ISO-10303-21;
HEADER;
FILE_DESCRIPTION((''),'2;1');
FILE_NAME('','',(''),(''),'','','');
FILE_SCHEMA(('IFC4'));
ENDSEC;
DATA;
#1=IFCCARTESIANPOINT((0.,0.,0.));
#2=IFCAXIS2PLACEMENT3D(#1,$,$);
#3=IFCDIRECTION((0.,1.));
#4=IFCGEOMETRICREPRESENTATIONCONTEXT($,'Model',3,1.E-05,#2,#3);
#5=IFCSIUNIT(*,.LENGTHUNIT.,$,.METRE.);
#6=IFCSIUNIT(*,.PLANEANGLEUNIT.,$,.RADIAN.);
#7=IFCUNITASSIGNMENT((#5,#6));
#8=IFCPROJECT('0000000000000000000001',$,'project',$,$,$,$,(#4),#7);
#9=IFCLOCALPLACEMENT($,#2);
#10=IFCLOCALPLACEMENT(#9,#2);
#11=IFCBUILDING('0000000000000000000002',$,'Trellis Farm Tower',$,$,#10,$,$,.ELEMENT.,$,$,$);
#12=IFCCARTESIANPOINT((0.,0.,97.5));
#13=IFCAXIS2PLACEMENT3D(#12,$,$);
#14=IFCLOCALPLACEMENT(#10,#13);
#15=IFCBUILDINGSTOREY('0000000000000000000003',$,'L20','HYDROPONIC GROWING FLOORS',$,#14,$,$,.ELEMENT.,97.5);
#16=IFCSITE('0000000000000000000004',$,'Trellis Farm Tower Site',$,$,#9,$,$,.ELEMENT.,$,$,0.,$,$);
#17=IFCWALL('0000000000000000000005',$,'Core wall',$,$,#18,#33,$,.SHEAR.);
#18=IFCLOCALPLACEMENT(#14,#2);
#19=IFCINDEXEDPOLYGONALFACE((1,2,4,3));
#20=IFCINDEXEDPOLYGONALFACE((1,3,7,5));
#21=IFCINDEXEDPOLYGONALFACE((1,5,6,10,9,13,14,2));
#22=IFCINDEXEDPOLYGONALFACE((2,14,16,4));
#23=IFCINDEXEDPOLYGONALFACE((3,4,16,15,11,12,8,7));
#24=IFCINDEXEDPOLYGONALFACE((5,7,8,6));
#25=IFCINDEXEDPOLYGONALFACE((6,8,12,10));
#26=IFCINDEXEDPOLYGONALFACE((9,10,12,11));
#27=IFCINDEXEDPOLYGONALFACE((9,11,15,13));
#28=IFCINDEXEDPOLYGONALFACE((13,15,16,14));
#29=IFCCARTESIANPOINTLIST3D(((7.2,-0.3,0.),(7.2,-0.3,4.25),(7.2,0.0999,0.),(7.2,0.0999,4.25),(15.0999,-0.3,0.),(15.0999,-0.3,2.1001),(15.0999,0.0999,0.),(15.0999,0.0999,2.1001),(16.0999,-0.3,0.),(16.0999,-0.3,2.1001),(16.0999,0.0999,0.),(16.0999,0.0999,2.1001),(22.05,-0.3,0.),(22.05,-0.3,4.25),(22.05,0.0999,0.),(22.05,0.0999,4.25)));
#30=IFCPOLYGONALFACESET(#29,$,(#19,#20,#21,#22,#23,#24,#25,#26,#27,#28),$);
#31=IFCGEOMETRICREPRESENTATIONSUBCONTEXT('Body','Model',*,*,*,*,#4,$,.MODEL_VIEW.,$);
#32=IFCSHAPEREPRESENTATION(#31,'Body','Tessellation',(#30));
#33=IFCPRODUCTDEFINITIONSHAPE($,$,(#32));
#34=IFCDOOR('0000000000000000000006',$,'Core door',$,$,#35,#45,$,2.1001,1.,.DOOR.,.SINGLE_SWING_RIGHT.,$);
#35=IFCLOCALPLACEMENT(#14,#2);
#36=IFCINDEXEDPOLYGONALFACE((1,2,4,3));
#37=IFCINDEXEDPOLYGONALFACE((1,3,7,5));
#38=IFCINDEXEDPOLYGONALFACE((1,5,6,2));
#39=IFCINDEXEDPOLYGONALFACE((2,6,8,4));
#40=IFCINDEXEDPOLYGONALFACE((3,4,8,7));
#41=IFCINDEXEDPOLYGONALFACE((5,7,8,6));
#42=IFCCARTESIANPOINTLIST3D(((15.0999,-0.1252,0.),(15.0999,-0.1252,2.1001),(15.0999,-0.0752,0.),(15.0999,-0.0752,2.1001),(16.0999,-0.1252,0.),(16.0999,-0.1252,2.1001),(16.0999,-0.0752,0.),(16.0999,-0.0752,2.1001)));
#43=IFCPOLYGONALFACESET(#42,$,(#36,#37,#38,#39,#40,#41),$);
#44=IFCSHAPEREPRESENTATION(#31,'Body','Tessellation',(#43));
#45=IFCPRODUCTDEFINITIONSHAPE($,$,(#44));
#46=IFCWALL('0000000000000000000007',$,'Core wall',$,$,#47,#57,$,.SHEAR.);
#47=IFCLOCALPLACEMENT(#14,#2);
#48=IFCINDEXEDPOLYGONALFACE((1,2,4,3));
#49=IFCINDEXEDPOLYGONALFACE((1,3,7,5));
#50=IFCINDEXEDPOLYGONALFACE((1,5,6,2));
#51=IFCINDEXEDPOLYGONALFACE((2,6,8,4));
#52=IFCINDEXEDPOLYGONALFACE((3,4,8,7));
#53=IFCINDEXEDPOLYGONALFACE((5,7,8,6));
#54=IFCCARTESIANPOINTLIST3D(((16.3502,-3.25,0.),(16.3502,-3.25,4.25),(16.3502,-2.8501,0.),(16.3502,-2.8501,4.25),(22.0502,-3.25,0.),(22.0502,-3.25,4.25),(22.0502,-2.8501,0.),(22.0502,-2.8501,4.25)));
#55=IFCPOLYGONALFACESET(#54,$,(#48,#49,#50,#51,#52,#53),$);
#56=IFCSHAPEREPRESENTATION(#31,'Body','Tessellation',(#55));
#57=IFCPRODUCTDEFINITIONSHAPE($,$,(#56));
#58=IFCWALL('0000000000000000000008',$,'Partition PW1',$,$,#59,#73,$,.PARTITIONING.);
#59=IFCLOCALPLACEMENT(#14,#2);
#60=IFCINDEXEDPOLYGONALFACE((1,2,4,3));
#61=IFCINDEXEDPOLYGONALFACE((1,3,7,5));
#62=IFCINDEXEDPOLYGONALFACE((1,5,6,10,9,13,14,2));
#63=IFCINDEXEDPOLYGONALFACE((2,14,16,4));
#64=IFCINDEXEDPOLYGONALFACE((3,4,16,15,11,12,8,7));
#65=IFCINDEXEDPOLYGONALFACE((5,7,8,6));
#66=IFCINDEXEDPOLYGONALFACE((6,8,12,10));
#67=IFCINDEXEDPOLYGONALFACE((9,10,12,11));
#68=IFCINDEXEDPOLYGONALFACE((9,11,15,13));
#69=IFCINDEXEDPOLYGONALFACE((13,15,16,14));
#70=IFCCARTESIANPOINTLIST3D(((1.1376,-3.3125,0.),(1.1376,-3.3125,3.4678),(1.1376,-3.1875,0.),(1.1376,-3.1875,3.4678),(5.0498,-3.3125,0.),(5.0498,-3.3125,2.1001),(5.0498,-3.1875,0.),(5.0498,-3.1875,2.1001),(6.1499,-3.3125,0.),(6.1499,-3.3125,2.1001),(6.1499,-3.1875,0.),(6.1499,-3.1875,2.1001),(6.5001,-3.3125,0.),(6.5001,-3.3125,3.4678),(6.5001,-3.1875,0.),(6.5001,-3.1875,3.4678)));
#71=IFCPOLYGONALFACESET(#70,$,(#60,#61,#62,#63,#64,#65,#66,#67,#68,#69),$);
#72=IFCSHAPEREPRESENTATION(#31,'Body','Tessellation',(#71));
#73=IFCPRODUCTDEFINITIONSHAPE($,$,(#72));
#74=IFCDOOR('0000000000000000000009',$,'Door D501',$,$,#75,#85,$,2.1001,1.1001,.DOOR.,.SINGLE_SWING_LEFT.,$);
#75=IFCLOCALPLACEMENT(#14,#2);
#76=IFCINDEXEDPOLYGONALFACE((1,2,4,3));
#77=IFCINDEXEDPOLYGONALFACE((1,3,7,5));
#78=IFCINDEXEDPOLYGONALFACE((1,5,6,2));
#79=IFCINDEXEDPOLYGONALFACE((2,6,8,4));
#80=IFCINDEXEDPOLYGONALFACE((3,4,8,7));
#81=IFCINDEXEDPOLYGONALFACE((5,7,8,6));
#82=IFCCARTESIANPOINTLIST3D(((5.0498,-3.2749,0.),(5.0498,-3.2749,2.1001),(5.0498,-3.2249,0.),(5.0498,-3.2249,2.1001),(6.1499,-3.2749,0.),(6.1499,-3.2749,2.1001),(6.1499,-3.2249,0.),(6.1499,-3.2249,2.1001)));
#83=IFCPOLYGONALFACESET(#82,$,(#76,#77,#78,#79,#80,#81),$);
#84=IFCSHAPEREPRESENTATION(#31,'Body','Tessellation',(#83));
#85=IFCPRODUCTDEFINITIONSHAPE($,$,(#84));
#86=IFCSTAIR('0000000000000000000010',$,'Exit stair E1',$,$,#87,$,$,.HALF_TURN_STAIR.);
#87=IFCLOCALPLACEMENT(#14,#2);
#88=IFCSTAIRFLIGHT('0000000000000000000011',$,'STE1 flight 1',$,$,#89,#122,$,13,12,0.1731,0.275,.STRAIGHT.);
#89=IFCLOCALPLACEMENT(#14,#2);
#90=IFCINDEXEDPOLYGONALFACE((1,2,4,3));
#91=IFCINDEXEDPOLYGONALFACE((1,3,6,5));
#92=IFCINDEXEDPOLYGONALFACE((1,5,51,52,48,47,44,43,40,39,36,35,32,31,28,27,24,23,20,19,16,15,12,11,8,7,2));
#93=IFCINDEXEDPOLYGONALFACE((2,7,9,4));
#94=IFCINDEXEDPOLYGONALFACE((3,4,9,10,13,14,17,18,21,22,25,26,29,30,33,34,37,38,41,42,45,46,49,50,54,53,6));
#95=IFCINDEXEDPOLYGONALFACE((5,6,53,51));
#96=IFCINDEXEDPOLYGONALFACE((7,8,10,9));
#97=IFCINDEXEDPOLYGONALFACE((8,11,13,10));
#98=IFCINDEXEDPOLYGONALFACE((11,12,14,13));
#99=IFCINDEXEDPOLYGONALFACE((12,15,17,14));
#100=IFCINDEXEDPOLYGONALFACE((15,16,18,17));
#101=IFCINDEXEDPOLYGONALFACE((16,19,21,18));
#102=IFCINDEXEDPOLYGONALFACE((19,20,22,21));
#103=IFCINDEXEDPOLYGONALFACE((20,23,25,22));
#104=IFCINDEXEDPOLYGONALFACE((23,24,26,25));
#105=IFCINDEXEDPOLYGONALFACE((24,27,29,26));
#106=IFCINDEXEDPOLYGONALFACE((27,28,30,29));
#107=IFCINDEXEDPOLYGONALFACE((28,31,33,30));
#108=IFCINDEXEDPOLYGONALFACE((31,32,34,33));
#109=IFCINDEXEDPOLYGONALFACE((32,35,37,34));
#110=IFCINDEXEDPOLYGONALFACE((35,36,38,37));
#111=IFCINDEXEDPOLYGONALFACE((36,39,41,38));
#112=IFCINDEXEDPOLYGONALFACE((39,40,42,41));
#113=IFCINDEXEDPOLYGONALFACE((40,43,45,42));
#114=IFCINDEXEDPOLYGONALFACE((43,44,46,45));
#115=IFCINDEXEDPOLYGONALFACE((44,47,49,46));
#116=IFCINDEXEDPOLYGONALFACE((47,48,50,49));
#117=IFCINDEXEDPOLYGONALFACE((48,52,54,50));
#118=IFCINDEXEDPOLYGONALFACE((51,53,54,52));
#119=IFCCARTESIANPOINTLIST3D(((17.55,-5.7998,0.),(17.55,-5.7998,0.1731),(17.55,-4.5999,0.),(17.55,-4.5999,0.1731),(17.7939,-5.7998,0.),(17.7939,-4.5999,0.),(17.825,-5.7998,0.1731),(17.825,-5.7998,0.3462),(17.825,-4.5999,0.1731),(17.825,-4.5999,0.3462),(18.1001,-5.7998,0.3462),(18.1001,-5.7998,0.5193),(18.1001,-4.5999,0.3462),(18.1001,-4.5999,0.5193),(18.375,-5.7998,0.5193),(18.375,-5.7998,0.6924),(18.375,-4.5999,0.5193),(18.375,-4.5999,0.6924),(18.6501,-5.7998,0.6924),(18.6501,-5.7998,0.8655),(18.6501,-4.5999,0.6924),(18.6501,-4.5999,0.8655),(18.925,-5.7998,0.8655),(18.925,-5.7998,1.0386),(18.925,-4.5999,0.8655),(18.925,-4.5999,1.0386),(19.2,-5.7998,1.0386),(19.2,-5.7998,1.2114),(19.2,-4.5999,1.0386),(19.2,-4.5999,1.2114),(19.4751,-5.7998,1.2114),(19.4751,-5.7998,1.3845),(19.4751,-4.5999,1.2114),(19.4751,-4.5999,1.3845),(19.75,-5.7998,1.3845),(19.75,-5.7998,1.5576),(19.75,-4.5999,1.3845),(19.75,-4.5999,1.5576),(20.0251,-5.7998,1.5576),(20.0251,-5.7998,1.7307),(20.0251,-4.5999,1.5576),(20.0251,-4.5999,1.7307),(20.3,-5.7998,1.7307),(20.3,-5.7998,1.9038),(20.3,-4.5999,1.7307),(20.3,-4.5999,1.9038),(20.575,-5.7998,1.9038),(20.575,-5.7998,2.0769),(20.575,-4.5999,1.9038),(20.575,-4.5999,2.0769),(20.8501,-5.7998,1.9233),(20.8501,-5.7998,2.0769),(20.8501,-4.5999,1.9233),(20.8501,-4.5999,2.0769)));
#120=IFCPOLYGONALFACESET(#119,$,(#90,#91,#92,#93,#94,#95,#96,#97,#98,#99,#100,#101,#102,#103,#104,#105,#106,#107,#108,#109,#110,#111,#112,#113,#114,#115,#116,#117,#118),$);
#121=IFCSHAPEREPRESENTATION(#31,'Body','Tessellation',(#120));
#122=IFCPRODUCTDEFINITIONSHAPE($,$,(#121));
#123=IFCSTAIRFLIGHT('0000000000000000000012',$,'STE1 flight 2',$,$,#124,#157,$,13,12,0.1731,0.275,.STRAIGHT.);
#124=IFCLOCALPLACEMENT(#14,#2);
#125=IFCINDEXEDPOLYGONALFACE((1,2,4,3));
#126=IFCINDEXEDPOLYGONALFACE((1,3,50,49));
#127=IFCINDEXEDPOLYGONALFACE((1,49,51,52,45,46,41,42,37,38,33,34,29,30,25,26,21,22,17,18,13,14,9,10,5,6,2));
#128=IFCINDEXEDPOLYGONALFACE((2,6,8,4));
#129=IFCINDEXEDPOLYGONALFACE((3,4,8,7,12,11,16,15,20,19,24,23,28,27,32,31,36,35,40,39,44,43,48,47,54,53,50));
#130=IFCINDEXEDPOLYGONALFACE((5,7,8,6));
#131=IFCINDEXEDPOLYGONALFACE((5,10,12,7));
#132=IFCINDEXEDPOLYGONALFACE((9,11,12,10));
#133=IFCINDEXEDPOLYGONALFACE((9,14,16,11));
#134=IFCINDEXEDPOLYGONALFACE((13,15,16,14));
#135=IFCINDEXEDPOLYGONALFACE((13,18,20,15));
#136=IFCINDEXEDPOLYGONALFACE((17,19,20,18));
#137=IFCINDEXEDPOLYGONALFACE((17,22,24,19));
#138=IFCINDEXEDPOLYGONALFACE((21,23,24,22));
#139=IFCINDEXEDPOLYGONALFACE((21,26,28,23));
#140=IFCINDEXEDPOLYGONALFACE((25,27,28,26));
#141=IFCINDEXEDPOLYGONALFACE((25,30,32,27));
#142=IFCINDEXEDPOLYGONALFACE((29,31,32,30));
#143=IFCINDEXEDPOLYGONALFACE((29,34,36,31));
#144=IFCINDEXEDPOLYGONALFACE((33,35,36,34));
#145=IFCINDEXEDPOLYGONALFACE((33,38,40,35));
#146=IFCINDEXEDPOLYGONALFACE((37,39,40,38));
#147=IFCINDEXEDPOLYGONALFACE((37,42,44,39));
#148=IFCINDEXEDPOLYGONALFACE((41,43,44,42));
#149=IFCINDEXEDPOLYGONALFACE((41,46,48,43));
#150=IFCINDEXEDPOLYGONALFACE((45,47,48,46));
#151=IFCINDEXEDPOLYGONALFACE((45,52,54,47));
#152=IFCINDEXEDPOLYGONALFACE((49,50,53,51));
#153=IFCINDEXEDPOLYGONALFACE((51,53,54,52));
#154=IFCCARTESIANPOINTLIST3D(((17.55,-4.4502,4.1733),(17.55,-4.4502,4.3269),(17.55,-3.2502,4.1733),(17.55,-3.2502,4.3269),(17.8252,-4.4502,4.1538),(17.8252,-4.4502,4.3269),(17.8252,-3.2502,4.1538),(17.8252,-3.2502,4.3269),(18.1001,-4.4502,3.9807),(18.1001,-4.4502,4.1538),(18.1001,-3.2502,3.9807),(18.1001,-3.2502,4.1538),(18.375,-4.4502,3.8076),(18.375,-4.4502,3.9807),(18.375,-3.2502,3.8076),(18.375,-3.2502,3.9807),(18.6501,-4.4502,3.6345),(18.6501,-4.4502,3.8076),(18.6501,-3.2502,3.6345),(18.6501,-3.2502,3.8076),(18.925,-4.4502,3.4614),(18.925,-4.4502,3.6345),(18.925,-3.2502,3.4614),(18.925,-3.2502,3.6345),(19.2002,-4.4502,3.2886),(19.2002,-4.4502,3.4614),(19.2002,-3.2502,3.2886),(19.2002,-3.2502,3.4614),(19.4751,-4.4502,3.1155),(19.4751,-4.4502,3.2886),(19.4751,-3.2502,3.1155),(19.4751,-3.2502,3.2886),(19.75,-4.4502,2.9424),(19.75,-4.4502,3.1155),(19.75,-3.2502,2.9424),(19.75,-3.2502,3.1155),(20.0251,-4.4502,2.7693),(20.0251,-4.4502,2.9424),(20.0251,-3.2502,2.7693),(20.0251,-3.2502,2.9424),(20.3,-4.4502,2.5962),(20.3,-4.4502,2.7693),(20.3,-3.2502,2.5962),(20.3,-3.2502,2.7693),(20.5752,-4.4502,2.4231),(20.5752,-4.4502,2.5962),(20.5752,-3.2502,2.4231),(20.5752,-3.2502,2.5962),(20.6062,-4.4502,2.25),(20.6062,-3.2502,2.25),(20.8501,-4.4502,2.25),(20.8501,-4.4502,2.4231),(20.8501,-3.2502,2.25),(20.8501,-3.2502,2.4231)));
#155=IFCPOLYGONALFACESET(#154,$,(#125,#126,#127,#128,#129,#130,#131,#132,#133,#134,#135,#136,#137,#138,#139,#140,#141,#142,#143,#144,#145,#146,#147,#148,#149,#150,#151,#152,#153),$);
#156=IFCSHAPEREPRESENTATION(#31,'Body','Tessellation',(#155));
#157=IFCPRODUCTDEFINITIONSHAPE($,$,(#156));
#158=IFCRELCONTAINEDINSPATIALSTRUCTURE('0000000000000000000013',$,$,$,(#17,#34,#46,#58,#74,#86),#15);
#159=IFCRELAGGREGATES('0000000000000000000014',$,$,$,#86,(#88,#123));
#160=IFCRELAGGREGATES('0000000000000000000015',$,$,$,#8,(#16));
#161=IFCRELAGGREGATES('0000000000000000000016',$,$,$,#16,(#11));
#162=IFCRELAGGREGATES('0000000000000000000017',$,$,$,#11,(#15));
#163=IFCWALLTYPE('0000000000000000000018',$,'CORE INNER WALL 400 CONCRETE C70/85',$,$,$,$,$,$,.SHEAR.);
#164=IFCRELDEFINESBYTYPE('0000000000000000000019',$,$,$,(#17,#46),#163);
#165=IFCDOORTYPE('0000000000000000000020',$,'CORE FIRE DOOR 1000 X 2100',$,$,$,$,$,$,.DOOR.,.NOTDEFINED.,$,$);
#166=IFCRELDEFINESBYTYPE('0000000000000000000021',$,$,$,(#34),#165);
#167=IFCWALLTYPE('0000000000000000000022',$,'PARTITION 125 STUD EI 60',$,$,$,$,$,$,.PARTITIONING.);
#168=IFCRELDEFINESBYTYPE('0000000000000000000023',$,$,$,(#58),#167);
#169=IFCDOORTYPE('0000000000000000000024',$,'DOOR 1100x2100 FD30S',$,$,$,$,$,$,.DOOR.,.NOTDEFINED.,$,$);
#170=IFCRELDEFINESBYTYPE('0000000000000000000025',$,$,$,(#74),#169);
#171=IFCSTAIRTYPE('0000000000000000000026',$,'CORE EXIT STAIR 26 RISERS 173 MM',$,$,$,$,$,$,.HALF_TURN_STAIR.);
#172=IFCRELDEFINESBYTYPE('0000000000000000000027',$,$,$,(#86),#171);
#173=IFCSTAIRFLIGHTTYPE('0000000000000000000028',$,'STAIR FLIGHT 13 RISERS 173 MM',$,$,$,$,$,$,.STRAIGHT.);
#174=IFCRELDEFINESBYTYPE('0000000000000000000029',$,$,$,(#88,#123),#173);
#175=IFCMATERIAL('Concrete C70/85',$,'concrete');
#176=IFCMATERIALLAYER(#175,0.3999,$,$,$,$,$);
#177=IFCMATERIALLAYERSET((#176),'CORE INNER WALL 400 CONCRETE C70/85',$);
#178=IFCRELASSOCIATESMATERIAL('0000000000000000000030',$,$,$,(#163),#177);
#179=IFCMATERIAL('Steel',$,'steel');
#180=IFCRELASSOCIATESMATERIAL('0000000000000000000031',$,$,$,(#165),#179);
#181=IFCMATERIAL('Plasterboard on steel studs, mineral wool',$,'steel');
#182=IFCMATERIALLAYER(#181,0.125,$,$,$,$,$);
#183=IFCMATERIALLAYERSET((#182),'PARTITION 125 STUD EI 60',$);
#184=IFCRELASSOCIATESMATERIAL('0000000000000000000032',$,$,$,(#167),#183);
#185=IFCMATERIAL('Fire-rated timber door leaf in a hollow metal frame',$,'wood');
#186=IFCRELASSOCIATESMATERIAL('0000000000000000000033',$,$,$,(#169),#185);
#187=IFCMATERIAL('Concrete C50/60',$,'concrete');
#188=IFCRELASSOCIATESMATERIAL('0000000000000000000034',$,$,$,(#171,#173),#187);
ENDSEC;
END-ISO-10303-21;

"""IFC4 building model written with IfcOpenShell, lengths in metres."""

from ifc_helpers import new_model, si_unit, direction, frame, frame_2d, origin, place, context, subcontext, project, spatial, polyline, rectangle, outline, extrude, source, transform, mapped, material, layer, layer_set, type_object, element, fill, aggregate, save


model = new_model("IFC4")

# Units and contexts
model_context = context("Model", 3, precision=1e-05, world=origin(), true_north=direction((0.0, 1.0)))
body_context = subcontext(model_context, "Body", "Model", "MODEL_VIEW")
ifc_project = project(units=[si_unit("LENGTHUNIT", "METRE"), si_unit("PLANEANGLEUNIT", "RADIAN")], contexts=[model_context])

# Site, building, storey
site_placement = place(None, origin())
site = spatial("IfcSite", under=ifc_project, at=site_placement, Name="Trellis Farm Tower Site", CompositionType="ELEMENT", RefElevation=0.0)
building_placement = place(site_placement, origin())
building = spatial("IfcBuilding", under=site, at=building_placement, Name="Trellis Farm Tower", CompositionType="ELEMENT")
storey_placement = place(building_placement, frame((0.0, 0.0, 97.5)))
storey = spatial("IfcBuildingStorey", under=building, at=storey_placement, Name="L20", Description="HYDROPONIC GROWING FLOORS", CompositionType="ELEMENT", Elevation=97.5)

# Shared definitions
placement = place(storey_placement, origin())

# Shared definitions
ifc_material_1 = material(Name="Concrete C70/85", Category="concrete")
ifc_layer_1 = layer(ifc_material_1, 0.3999)
ifc_layer_set_1 = layer_set([ifc_layer_1], Name="CORE INNER WALL 400 CONCRETE C70/85")
wall_type_1 = type_object("IfcWallType", Name="CORE INNER WALL 400 CONCRETE C70/85", PredefinedType="SHEAR", material=ifc_layer_set_1)
shared_shape_1 = source(origin(), body_context, "Body", "SweptSolid", [
    extrude(rectangle(XDim=1.1001, YDim=2.1001, at=frame_2d((0.55, 1.05))), frame((0.0, 0.0249, 0.0), z_axis=(0.0, -1.0, 0.0), x_axis=(1.0, 0.0, 0.0)), (0.0, 0.0, 1.0), 0.05),
])

# Wall, opening, door
shared_shape_2 = source(origin(), body_context, "Body", "SweptSolid", [
    extrude(rectangle(XDim=14.8501, YDim=0.3999, at=frame_2d((7.425, 0.0))), origin(), (0.0, 0.0, 1.0), 4.25),
])
wall_1_placement = place(storey_placement, frame((7.2, -0.1001, 0.0), z_axis=(0.0, 0.0, 1.0), x_axis=(1.0, 0.0, 0.0)))
wall_1 = element("IfcWall", 1, at=wall_1_placement, inside=storey, type_object=wall_type_1, Name="Core wall", PredefinedType="SHEAR", context=body_context, shape_type="MappedRepresentation", body=[
    mapped(shared_shape_2, transform((0.0, 0.0, 0.0))),
])
shared_shape_3 = source(origin(), body_context, "Body", "SweptSolid", [
    extrude(rectangle(XDim=1.0, YDim=2.1001, at=frame_2d((0.5, 1.05))), frame((0.0, 0.21, 0.0), z_axis=(0.0, -1.0, 0.0), x_axis=(1.0, 0.0, 0.0)), (0.0, 0.0, 1.0), 0.4199),
])
opening_1_placement = place(wall_1_placement, frame((7.8999, 0.0, 0.0)))
opening_1 = element("IfcOpeningElement", 2, at=opening_1_placement, cuts=wall_1, PredefinedType="OPENING", context=body_context, shape_type="MappedRepresentation", body=[
    mapped(shared_shape_3, transform((0.0, 0.0, 0.0))),
])
ifc_material_2 = material(Name="Steel", Category="steel")
door_type_1 = type_object("IfcDoorType", Name="CORE FIRE DOOR 1000 X 2100", OperationType="NOTDEFINED", PredefinedType="DOOR", material=ifc_material_2)
shared_shape_4 = source(origin(), body_context, "Body", "SweptSolid", [
    extrude(rectangle(XDim=1.0, YDim=2.1001, at=frame_2d((0.5, 1.05))), frame((0.0, 0.0249, 0.0), z_axis=(0.0, -1.0, 0.0), x_axis=(1.0, 0.0, 0.0)), (0.0, 0.0, 1.0), 0.05),
])
door_1_placement = place(opening_1_placement, origin())
door_1 = element("IfcDoor", 3, at=door_1_placement, inside=storey, type_object=door_type_1, Name="Core door", OperationType="SINGLE_SWING_RIGHT", OverallHeight=2.1001, OverallWidth=1.0, PredefinedType="DOOR", context=body_context, shape_type="MappedRepresentation", body=[
    mapped(shared_shape_4, transform((0.0, 0.0, 0.0))),
])
fill(opening_1, door_1)

# Wall
shared_shape_5 = source(origin(), body_context, "Body", "SweptSolid", [
    extrude(rectangle(XDim=5.7, YDim=0.3999, at=frame_2d((2.8501, 0.0))), origin(), (0.0, 0.0, 1.0), 4.25),
])
wall_2_placement = place(storey_placement, frame((16.3501, -3.05, 0.0), z_axis=(0.0, 0.0, 1.0), x_axis=(1.0, 0.0, 0.0)))
element("IfcWall", 4, at=wall_2_placement, inside=storey, type_object=wall_type_1, Name="Core wall", PredefinedType="SHEAR", context=body_context, shape_type="MappedRepresentation", body=[
    mapped(shared_shape_5, transform((0.0, 0.0, 0.0))),
])

# Wall, opening, door
ifc_material_3 = material(Name="Plasterboard on steel studs, mineral wool", Category="steel")
ifc_layer_2 = layer(ifc_material_3, 0.125)
ifc_layer_set_2 = layer_set([ifc_layer_2], Name="PARTITION 125 STUD EI 60")
wall_type_2 = type_object("IfcWallType", Name="PARTITION 125 STUD EI 60", PredefinedType="PARTITIONING", material=ifc_layer_set_2)
shared_shape_6 = source(origin(), body_context, "Body", "SweptSolid", [
    extrude(rectangle(XDim=5.3625, YDim=0.125, at=frame_2d((2.6812, 0.0))), origin(), (0.0, 0.0, 1.0), 3.4678),
])
wall_3_placement = place(storey_placement, frame((6.5, -3.25, 0.0), z_axis=(0.0, 0.0, 1.0), x_axis=(-1.0, 0.0, 0.0)))
wall_3 = element("IfcWall", 5, at=wall_3_placement, inside=storey, type_object=wall_type_2, Name="Partition PW1", PredefinedType="PARTITIONING", context=body_context, shape_type="MappedRepresentation", body=[
    mapped(shared_shape_6, transform((0.0, 0.0, 0.0))),
])
shared_shape_7 = source(origin(), body_context, "Body", "SweptSolid", [
    extrude(rectangle(XDim=1.1001, YDim=2.1001, at=frame_2d((0.55, 1.05))), frame((0.0, 0.0725, 0.0), z_axis=(0.0, -1.0, 0.0), x_axis=(1.0, 0.0, 0.0)), (0.0, 0.0, 1.0), 0.145),
])
opening_2_placement = place(wall_3_placement, frame((0.3501, 0.0, 0.0)))
opening_2 = element("IfcOpeningElement", 6, at=opening_2_placement, cuts=wall_3, PredefinedType="OPENING", context=body_context, shape_type="MappedRepresentation", body=[
    mapped(shared_shape_7, transform((0.0, 0.0, 0.0))),
])
ifc_material_4 = material(Name="Fire-rated timber door leaf in a hollow metal frame", Category="wood")
door_type_2 = type_object("IfcDoorType", Name="DOOR 1100x2100 FD30S", OperationType="NOTDEFINED", PredefinedType="DOOR", material=ifc_material_4)
door_2_placement = place(opening_2_placement, origin())
door_2 = element("IfcDoor", 7, at=door_2_placement, inside=storey, type_object=door_type_2, Name="Door D501", OperationType="SINGLE_SWING_LEFT", OverallHeight=2.1001, OverallWidth=1.1001, PredefinedType="DOOR", context=body_context, shape_type="MappedRepresentation", body=[
    mapped(shared_shape_1, transform((0.0, 0.0, 0.0))),
])
fill(opening_2, door_2)

# Stair, stair flights
ifc_material_5 = material(Name="Concrete C50/60", Category="concrete")
stair_type = type_object("IfcStairType", Name="CORE EXIT STAIR 26 RISERS 173 MM", PredefinedType="HALF_TURN_STAIR", material=ifc_material_5)
stair_1 = element("IfcStair", 8, at=placement, inside=storey, type_object=stair_type, Name="Exit stair E1", PredefinedType="HALF_TURN_STAIR")
stair_flight_type = type_object("IfcStairFlightType", Name="STAIR FLIGHT 13 RISERS 173 MM", PredefinedType="STRAIGHT", material=ifc_material_5)
shared_shape_8 = source(origin(), body_context, "Body", "SweptSolid", [
    extrude(outline(polyline([(0.0, 0.0), (0.0, 0.1731), (0.2749, 0.1731), (0.2749, 0.3462), (0.55, 0.3462), (0.55, 0.5193), (0.825, 0.5193), (0.825, 0.6924), (1.1001, 0.6924), (1.1001, 0.8655), (1.375, 0.8655), (1.375, 1.0386), (1.6499, 1.0386), (1.6499, 1.2114), (1.925, 1.2114), (1.925, 1.3845), (2.2, 1.3845), (2.2, 1.5576), (2.4751, 1.5576), (2.4751, 1.7307), (2.75, 1.7307), (2.75, 1.9038), (3.0249, 1.9038), (3.0249, 2.0769), (3.3, 2.0769), (3.3, 2.25), (3.3, 1.9233), (0.2439, 0.0), (0.0, 0.0)])), frame((0.0, 0.6001, 0.0), z_axis=(0.0, -1.0, 0.0), x_axis=(1.0, 0.0, 0.0)), (0.0, 0.0, 1.0), 1.2),
])
stair_flight_1_placement = place(storey_placement, frame((17.55, -5.2, 0.0), z_axis=(0.0, 0.0, 1.0), x_axis=(1.0, 0.0, 0.0)))
stair_flight_1 = element("IfcStairFlight", 9, at=stair_flight_1_placement, type_object=stair_flight_type, Name="STE1 flight 1", NumberOfRisers=13, NumberOfTreads=12, PredefinedType="STRAIGHT", RiserHeight=0.1731, TreadLength=0.275, context=body_context, shape_type="MappedRepresentation", body=[
    mapped(shared_shape_8, transform((0.0, 0.0, 0.0))),
])
stair_flight_2_placement = place(storey_placement, frame((20.8501, -3.8501, 2.25), z_axis=(0.0, 0.0, 1.0), x_axis=(-1.0, 0.0, 0.0)))
stair_flight_2 = element("IfcStairFlight", 10, at=stair_flight_2_placement, type_object=stair_flight_type, Name="STE1 flight 2", NumberOfRisers=13, NumberOfTreads=12, PredefinedType="STRAIGHT", RiserHeight=0.1731, TreadLength=0.275, context=body_context, shape_type="MappedRepresentation", body=[
    mapped(shared_shape_8, transform((0.0, 0.0, 0.0))),
])
aggregate(stair_1, [stair_flight_1, stair_flight_2])

save(model, "model.ifc")
